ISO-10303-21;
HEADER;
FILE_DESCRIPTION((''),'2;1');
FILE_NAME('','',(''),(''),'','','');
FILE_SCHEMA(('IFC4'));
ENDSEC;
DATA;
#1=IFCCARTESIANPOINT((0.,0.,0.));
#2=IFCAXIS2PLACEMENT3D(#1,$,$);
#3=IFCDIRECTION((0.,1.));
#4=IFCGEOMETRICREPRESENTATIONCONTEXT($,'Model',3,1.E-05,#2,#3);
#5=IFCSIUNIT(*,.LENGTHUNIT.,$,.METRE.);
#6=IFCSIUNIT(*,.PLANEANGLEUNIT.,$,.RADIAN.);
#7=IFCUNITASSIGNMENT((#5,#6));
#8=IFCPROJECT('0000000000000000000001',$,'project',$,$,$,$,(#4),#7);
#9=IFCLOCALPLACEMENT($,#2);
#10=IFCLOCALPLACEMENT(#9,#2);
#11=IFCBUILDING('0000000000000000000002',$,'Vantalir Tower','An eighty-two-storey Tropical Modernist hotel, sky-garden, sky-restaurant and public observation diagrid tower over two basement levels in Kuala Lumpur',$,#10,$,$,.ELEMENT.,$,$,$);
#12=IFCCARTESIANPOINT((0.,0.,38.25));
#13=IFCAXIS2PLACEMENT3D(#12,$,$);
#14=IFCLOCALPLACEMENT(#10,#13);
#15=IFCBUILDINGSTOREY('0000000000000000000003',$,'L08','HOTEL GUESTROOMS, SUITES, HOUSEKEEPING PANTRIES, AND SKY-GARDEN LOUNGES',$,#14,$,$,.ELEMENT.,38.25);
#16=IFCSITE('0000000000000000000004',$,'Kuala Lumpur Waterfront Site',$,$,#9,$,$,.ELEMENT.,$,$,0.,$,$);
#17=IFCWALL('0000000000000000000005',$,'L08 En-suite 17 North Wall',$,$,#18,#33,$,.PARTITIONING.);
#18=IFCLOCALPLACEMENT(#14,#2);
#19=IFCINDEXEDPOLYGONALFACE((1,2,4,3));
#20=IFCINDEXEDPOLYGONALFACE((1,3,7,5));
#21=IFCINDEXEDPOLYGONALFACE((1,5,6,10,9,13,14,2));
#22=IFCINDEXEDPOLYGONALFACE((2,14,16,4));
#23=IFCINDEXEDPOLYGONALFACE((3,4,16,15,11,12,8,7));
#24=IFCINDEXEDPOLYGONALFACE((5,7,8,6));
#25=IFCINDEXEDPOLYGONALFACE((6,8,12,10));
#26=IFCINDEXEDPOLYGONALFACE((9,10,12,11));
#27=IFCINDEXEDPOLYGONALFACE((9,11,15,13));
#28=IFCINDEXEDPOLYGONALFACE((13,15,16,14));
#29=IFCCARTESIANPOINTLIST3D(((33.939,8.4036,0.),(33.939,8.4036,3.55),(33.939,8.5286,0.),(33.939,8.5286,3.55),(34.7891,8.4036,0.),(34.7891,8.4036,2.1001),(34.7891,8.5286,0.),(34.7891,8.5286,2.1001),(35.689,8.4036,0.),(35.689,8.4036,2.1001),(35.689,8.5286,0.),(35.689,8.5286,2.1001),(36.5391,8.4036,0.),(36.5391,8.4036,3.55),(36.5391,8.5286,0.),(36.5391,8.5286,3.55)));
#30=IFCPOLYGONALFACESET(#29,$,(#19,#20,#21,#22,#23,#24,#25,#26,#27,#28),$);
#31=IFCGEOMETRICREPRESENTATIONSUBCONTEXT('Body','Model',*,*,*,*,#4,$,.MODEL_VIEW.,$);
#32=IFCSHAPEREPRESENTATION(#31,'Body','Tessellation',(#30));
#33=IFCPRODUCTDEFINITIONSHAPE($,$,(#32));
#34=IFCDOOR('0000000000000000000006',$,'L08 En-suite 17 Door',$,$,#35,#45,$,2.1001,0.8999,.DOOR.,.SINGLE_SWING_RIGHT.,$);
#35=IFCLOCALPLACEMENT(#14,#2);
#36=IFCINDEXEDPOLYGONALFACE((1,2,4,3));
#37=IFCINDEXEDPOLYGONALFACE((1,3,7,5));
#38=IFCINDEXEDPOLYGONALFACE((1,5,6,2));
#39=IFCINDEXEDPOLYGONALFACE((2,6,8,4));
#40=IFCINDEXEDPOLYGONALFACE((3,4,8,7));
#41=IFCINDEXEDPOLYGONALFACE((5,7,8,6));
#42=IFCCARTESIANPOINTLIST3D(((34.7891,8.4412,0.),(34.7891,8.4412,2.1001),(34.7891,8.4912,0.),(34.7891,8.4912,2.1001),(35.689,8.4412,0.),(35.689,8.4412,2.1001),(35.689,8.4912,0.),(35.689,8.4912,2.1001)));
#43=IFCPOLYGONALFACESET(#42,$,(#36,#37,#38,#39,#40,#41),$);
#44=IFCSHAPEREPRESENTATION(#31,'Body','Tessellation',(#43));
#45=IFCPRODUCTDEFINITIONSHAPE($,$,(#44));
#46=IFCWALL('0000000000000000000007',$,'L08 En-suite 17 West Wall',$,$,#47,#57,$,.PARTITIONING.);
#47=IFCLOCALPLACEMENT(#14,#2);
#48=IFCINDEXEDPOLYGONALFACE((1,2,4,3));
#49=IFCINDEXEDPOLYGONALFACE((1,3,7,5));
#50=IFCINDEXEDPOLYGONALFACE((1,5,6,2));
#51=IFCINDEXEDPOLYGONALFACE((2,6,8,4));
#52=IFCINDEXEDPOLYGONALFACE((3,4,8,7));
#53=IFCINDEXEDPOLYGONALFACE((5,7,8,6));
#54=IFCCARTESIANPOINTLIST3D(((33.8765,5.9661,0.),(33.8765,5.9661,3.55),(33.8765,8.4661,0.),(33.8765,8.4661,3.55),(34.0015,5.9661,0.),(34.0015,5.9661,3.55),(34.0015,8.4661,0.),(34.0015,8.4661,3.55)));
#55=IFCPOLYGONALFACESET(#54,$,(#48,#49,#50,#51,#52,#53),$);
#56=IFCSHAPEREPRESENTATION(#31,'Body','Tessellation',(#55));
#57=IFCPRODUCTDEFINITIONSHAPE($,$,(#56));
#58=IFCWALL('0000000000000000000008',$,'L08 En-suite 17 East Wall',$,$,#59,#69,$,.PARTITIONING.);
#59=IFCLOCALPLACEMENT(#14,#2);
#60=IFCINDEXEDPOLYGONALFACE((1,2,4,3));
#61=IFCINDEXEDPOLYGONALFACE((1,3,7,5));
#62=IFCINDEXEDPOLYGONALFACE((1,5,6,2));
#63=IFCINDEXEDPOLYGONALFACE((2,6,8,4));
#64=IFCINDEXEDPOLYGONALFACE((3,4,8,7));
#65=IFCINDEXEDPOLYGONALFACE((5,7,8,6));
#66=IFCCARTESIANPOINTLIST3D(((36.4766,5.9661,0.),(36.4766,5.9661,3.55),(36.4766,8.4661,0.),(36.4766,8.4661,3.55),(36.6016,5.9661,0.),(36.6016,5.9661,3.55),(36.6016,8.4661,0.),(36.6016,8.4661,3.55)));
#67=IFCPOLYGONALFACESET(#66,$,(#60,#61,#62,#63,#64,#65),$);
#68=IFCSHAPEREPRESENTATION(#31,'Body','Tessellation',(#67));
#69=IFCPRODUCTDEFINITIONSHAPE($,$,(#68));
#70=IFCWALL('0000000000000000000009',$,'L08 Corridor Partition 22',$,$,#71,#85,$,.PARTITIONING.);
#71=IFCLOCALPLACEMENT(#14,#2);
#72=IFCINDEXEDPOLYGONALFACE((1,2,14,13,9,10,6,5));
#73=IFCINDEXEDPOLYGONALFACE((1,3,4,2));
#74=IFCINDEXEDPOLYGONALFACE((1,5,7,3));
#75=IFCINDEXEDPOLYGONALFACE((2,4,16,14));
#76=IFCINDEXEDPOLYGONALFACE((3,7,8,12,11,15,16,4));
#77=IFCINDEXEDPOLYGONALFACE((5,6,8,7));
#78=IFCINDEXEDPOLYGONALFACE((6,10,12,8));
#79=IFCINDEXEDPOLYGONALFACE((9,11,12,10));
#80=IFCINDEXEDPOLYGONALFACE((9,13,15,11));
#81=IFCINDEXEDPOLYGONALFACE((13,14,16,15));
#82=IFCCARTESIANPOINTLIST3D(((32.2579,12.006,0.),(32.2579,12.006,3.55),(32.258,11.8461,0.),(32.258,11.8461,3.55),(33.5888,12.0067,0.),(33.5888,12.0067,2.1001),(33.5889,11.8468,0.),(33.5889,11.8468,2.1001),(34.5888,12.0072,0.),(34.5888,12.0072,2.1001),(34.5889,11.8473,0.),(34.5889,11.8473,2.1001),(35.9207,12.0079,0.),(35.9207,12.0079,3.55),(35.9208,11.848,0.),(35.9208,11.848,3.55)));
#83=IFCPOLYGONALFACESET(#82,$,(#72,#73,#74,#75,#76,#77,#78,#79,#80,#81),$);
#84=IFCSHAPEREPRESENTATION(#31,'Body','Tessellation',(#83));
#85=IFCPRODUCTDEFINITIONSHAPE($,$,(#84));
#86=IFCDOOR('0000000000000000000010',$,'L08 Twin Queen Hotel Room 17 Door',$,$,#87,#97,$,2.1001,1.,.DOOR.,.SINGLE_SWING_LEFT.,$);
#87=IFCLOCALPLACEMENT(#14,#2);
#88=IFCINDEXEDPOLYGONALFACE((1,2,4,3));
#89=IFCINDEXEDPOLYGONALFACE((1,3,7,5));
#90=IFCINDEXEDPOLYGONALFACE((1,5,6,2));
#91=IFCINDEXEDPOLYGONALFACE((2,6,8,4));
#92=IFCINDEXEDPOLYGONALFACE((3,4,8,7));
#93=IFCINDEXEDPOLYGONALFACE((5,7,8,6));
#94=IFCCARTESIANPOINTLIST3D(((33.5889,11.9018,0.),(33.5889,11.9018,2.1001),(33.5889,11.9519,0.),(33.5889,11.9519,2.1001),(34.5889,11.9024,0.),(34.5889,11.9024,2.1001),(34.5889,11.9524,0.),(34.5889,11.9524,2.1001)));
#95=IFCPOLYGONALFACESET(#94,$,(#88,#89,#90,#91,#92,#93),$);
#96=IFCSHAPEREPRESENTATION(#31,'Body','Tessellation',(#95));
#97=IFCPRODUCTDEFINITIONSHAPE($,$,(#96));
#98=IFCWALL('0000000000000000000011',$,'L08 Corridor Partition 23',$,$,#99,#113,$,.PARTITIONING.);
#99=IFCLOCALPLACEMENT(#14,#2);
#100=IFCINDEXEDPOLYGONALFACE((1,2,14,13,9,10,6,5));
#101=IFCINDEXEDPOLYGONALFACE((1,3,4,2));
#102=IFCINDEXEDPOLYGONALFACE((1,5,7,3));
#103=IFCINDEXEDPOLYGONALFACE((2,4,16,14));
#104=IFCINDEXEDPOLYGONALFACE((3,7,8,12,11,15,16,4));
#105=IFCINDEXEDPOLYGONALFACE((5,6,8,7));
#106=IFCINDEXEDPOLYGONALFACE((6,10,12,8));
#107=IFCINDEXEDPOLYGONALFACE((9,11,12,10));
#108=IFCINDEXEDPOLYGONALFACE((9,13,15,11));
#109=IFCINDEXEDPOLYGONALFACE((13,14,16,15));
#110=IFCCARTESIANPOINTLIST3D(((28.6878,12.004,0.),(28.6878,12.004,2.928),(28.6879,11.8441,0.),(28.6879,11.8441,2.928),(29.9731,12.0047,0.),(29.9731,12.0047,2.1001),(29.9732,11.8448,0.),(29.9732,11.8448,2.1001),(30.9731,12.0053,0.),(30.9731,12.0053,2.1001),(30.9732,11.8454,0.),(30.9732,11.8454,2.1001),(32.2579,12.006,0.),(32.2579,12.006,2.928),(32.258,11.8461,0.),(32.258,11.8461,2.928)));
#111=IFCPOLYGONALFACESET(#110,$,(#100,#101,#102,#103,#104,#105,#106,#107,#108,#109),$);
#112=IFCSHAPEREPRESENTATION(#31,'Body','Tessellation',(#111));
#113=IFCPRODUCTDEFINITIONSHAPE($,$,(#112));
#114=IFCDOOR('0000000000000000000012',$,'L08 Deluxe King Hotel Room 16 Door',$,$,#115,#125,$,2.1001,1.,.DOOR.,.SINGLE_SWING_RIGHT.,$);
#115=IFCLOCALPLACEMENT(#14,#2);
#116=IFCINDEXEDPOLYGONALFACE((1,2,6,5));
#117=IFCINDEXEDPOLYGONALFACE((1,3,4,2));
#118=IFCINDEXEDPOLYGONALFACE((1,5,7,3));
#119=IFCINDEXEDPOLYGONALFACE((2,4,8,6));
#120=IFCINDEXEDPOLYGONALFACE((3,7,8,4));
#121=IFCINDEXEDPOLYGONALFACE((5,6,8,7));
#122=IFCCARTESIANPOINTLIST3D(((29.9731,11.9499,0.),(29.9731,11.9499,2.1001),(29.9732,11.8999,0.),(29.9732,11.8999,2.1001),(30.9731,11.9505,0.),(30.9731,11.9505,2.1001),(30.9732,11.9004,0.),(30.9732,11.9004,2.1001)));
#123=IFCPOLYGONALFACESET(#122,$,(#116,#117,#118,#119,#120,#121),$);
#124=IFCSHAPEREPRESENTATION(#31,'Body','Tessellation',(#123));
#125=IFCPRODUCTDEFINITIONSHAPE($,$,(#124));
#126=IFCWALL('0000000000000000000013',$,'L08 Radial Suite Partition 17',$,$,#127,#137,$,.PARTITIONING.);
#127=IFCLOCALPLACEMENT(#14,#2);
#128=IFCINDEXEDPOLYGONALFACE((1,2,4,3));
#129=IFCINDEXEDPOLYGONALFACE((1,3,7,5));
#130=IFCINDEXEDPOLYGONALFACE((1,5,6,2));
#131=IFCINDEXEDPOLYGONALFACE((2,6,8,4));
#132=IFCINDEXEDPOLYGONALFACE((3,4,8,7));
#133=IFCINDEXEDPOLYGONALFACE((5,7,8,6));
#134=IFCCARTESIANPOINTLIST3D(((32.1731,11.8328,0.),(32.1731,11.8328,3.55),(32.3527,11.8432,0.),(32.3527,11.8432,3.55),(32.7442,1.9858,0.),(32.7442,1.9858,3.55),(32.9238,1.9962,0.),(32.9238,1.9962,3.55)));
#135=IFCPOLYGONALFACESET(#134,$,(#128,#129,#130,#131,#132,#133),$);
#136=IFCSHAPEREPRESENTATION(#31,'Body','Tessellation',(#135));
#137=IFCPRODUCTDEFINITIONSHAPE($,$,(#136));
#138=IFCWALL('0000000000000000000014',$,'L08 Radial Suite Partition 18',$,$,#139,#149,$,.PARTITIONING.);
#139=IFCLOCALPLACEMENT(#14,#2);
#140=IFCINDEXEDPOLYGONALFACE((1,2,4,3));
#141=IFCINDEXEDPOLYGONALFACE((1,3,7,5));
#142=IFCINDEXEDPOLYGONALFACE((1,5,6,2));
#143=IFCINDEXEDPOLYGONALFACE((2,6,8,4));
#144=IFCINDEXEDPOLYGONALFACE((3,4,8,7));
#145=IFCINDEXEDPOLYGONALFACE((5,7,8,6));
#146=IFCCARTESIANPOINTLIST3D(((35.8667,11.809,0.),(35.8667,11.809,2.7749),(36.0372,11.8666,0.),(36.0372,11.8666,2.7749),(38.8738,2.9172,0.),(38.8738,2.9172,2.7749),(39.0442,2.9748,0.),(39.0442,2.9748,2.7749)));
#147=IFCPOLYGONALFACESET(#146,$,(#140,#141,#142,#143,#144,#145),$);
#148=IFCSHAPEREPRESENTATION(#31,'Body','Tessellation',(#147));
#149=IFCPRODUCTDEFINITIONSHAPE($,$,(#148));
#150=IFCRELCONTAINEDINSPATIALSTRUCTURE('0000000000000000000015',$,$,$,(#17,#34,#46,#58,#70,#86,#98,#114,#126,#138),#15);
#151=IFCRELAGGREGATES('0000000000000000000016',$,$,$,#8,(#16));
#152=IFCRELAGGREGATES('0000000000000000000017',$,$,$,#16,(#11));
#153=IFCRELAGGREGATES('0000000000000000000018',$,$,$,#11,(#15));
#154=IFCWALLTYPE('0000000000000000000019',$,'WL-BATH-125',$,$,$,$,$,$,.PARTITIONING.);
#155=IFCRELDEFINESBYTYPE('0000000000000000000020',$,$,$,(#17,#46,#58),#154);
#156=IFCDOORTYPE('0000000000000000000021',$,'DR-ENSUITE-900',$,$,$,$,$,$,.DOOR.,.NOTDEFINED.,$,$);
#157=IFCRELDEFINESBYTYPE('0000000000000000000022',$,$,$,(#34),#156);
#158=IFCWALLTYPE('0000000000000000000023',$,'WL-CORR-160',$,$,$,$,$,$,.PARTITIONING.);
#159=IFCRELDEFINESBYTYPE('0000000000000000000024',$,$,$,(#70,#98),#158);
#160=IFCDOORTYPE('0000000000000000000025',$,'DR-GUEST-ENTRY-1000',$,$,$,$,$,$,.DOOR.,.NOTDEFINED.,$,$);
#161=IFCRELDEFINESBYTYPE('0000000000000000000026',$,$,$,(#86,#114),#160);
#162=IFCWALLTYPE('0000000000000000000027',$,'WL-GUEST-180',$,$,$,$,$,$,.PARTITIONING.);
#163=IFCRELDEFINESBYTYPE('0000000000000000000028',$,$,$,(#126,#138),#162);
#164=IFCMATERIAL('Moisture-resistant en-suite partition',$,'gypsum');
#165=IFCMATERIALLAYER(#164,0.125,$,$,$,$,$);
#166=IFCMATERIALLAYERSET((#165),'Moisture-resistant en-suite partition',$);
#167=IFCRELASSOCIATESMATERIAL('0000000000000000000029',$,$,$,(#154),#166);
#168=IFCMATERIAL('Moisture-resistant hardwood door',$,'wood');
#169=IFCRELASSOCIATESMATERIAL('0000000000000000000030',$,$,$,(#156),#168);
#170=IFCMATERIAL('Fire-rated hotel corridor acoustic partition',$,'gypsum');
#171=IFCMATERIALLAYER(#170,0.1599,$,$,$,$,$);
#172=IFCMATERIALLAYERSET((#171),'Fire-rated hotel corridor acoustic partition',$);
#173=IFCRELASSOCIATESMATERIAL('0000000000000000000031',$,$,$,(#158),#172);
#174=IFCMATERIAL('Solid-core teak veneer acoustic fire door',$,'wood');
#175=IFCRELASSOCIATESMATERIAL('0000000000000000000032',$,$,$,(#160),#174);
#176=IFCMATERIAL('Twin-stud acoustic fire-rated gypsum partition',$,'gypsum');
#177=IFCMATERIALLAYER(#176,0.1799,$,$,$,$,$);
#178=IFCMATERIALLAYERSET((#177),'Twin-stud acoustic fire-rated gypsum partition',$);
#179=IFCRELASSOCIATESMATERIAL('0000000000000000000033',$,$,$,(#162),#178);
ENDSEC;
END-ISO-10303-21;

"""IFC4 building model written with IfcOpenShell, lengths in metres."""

from ifc_helpers import new_model, si_unit, direction, frame, frame_2d, origin, place, context, subcontext, project, spatial, rectangle, extrude, material, layer, layer_set, type_object, element, fill, save


model = new_model("IFC4")

# Units and contexts
model_context = context("Model", 3, precision=1e-05, world=origin(), true_north=direction((0.0, 1.0)))
body_context = subcontext(model_context, "Body", "Model", "MODEL_VIEW")
ifc_project = project(units=[si_unit("LENGTHUNIT", "METRE"), si_unit("PLANEANGLEUNIT", "RADIAN")], contexts=[model_context])

# Site, building, storey
site_placement = place(None, origin())
site = spatial("IfcSite", under=ifc_project, at=site_placement, Name="Kuala Lumpur Waterfront Site", CompositionType="ELEMENT", RefElevation=0.0)
building_placement = place(site_placement, origin())
building = spatial("IfcBuilding", under=site, at=building_placement, Name="Vantalir Tower", Description="An eighty-two-storey Tropical Modernist hotel, sky-garden, sky-restaurant and public observation diagrid tower over two basement levels in Kuala Lumpur", CompositionType="ELEMENT")
storey_placement = place(building_placement, frame((0.0, 0.0, 38.25)))
storey = spatial("IfcBuildingStorey", under=building, at=storey_placement, Name="L08", Description="HOTEL GUESTROOMS, SUITES, HOUSEKEEPING PANTRIES, AND SKY-GARDEN LOUNGES", CompositionType="ELEMENT", Elevation=38.25)

# Shared definitions
ifc_material_1 = material(Name="Moisture-resistant en-suite partition", Category="gypsum")
ifc_layer_1 = layer(ifc_material_1, 0.125)
ifc_layer_set_1 = layer_set([ifc_layer_1], Name="Moisture-resistant en-suite partition")
wall_type_1 = type_object("IfcWallType", Name="WL-BATH-125", PredefinedType="PARTITIONING", material=ifc_layer_set_1)

# Wall, opening, door
wall_1_placement = place(storey_placement, frame((33.939, 8.4661, 0.0), z_axis=(0.0, 0.0, 1.0), x_axis=(1.0, 0.0, 0.0)))
wall_1 = element("IfcWall", 1, at=wall_1_placement, inside=storey, type_object=wall_type_1, Name="L08 En-suite 17 North Wall", PredefinedType="PARTITIONING", context=body_context, shape_type="SweptSolid", body=[
    extrude(rectangle(XDim=2.6001, YDim=0.125, at=frame_2d((1.3, 0.0))), origin(), (0.0, 0.0, 1.0), 3.55),
])
opening_1_placement = place(wall_1_placement, frame((0.8501, 0.0, 0.0)))
opening_1 = element("IfcOpeningElement", 2, at=opening_1_placement, cuts=wall_1, PredefinedType="OPENING", context=body_context, shape_type="SweptSolid", body=[
    extrude(rectangle(XDim=0.8999, YDim=2.1001, at=frame_2d((0.45, 1.05))), frame((0.0, 0.0725, 0.0), z_axis=(0.0, -1.0, 0.0), x_axis=(1.0, 0.0, 0.0)), (0.0, 0.0, 1.0), 0.145),
])
ifc_material_2 = material(Name="Moisture-resistant hardwood door", Category="wood")
door_type_1 = type_object("IfcDoorType", Name="DR-ENSUITE-900", OperationType="NOTDEFINED", PredefinedType="DOOR", material=ifc_material_2)
door_1_placement = place(opening_1_placement, frame((0.8999, 0.0, 0.0), z_axis=(0.0, 0.0, 1.0), x_axis=(-1.0, 0.0, 0.0)))
door_1 = element("IfcDoor", 3, at=door_1_placement, inside=storey, type_object=door_type_1, Name="L08 En-suite 17 Door", OperationType="SINGLE_SWING_RIGHT", OverallHeight=2.1001, OverallWidth=0.8999, PredefinedType="DOOR", context=body_context, shape_type="SweptSolid", body=[
    extrude(rectangle(XDim=0.8999, YDim=2.1001, at=frame_2d((0.45, 1.05))), frame((0.0, 0.0249, 0.0), z_axis=(0.0, -1.0, 0.0), x_axis=(1.0, 0.0, 0.0)), (0.0, 0.0, 1.0), 0.05),
])
fill(opening_1, door_1)

# Walls
for number, where, z_axis, x_axis, name in (
    (4, (33.939, 5.9661, 0.0), (0.0, 0.0, 1.0), (0.0, 1.0, 0.0), "L08 En-suite 17 West Wall"),
    (5, (36.5391, 5.9661, 0.0), (0.0, 0.0, 1.0), (0.0, 1.0, 0.0), "L08 En-suite 17 East Wall"),
):
    element("IfcWall", number, at=place(storey_placement, frame(where, z_axis=z_axis, x_axis=x_axis)), inside=storey, type_object=wall_type_1, Name=name, PredefinedType="PARTITIONING", context=body_context, shape_type="SweptSolid", body=[
        extrude(rectangle(XDim=2.5, YDim=0.125, at=frame_2d((1.25, 0.0))), origin(), (0.0, 0.0, 1.0), 3.55),
    ])

# Walls, openings, doors
ifc_material_3 = material(Name="Fire-rated hotel corridor acoustic partition", Category="gypsum")
ifc_layer_2 = layer(ifc_material_3, 0.1599)
ifc_layer_set_2 = layer_set([ifc_layer_2], Name="Fire-rated hotel corridor acoustic partition")
wall_type_2 = type_object("IfcWallType", Name="WL-CORR-160", PredefinedType="PARTITIONING", material=ifc_layer_set_2)
wall_2_placement = place(storey_placement, frame((35.9209, 11.928, 0.0), z_axis=(0.0, 0.0, 1.0), x_axis=(-1.0, -0.000533, 0.0)))
wall_2 = element("IfcWall", 6, at=wall_2_placement, inside=storey, type_object=wall_type_2, Name="L08 Corridor Partition 22", PredefinedType="PARTITIONING", context=body_context, shape_type="SweptSolid", body=[
    extrude(rectangle(XDim=3.6628, YDim=0.1599, at=frame_2d((1.8315, 0.0))), origin(), (0.0, 0.0, 1.0), 3.55),
])
opening_2_placement = place(wall_2_placement, frame((1.332, 0.0, 0.0)))
opening_2 = element("IfcOpeningElement", 7, at=opening_2_placement, cuts=wall_2, PredefinedType="OPENING", context=body_context, shape_type="SweptSolid", body=[
    extrude(rectangle(XDim=1.0, YDim=2.1001, at=frame_2d((0.5, 1.05))), frame((0.0, 0.0898, 0.0), z_axis=(0.0, -1.0, 0.0), x_axis=(1.0, 0.0, 0.0)), (0.0, 0.0, 1.0), 0.1799),
])
ifc_material_4 = material(Name="Solid-core teak veneer acoustic fire door", Category="wood")
door_type_2 = type_object("IfcDoorType", Name="DR-GUEST-ENTRY-1000", OperationType="NOTDEFINED", PredefinedType="DOOR", material=ifc_material_4)
door_2_placement = place(opening_2_placement, origin())
door_2 = element("IfcDoor", 8, at=door_2_placement, inside=storey, type_object=door_type_2, Name="L08 Twin Queen Hotel Room 17 Door", OperationType="SINGLE_SWING_LEFT", OverallHeight=2.1001, OverallWidth=1.0, PredefinedType="DOOR", context=body_context, shape_type="SweptSolid", body=[
    extrude(rectangle(XDim=1.0, YDim=2.1001, at=frame_2d((0.5, 1.05))), frame((0.0, 0.0249, 0.0), z_axis=(0.0, -1.0, 0.0), x_axis=(1.0, 0.0, 0.0)), (0.0, 0.0, 1.0), 0.05),
])
fill(opening_2, door_2)
wall_3_placement = place(storey_placement, frame((32.2581, 11.926, 0.0), z_axis=(0.0, 0.0, 1.0), x_axis=(-1.0, -0.000547, 0.0)))
wall_3 = element("IfcWall", 9, at=wall_3_placement, inside=storey, type_object=wall_type_2, Name="L08 Corridor Partition 23", PredefinedType="PARTITIONING", context=body_context, shape_type="SweptSolid", body=[
    extrude(rectangle(XDim=3.5701, YDim=0.1599, at=frame_2d((1.7852, 0.0))), origin(), (0.0, 0.0, 1.0), 2.928),
])
opening_3_placement = place(wall_3_placement, frame((1.2849, 0.0, 0.0)))
opening_3 = element("IfcOpeningElement", 10, at=opening_3_placement, cuts=wall_3, PredefinedType="OPENING", context=body_context, shape_type="SweptSolid", body=[
    extrude(rectangle(XDim=1.0, YDim=2.1001, at=frame_2d((0.5, 1.05))), frame((0.0, 0.0898, 0.0), z_axis=(0.0, -1.0, 0.0), x_axis=(1.0, 0.0, 0.0)), (0.0, 0.0, 1.0), 0.1799),
])
door_3_placement = place(opening_3_placement, origin())
door_3 = element("IfcDoor", 11, at=door_3_placement, inside=storey, type_object=door_type_2, Name="L08 Deluxe King Hotel Room 16 Door", OperationType="SINGLE_SWING_RIGHT", OverallHeight=2.1001, OverallWidth=1.0, PredefinedType="DOOR", context=body_context, shape_type="SweptSolid", body=[
    extrude(rectangle(XDim=1.0, YDim=2.1001, at=frame_2d((0.5, 1.05))), frame((0.0, 0.0249, 0.0), z_axis=(0.0, -1.0, 0.0), x_axis=(1.0, 0.0, 0.0)), (0.0, 0.0, 1.0), 0.05),
])
fill(opening_3, door_3)

# Walls
ifc_material_5 = material(Name="Twin-stud acoustic fire-rated gypsum partition", Category="gypsum")
ifc_layer_3 = layer(ifc_material_5, 0.1799)
ifc_layer_set_3 = layer_set([ifc_layer_3], Name="Twin-stud acoustic fire-rated gypsum partition")
wall_type_3 = type_object("IfcWallType", Name="WL-GUEST-180", PredefinedType="PARTITIONING", material=ifc_layer_set_3)
wall_4_placement = place(storey_placement, frame((32.2629, 11.8379, 0.0), z_axis=(0.0, 0.0, 1.0), x_axis=(0.057895, -0.998323, 0.0)))
element("IfcWall", 12, at=wall_4_placement, inside=storey, type_object=wall_type_3, Name="L08 Radial Suite Partition 17", PredefinedType="PARTITIONING", context=body_context, shape_type="SweptSolid", body=[
    extrude(rectangle(XDim=9.8635, YDim=0.1799, at=frame_2d((4.9316, 0.0))), origin(), (0.0, 0.0, 1.0), 3.55),
])
wall_5_placement = place(storey_placement, frame((35.9519, 11.8379, 0.0), z_axis=(0.0, 0.0, 1.0), x_axis=(0.32036, -0.947296, 0.0)))
element("IfcWall", 13, at=wall_5_placement, inside=storey, type_object=wall_type_3, Name="L08 Radial Suite Partition 18", PredefinedType="PARTITIONING", context=body_context, shape_type="SweptSolid", body=[
    extrude(rectangle(XDim=9.3865, YDim=0.1799, at=frame_2d((4.6934, 0.0))), origin(), (0.0, 0.0, 1.0), 2.7749),
])

save(model, "model.ifc")
